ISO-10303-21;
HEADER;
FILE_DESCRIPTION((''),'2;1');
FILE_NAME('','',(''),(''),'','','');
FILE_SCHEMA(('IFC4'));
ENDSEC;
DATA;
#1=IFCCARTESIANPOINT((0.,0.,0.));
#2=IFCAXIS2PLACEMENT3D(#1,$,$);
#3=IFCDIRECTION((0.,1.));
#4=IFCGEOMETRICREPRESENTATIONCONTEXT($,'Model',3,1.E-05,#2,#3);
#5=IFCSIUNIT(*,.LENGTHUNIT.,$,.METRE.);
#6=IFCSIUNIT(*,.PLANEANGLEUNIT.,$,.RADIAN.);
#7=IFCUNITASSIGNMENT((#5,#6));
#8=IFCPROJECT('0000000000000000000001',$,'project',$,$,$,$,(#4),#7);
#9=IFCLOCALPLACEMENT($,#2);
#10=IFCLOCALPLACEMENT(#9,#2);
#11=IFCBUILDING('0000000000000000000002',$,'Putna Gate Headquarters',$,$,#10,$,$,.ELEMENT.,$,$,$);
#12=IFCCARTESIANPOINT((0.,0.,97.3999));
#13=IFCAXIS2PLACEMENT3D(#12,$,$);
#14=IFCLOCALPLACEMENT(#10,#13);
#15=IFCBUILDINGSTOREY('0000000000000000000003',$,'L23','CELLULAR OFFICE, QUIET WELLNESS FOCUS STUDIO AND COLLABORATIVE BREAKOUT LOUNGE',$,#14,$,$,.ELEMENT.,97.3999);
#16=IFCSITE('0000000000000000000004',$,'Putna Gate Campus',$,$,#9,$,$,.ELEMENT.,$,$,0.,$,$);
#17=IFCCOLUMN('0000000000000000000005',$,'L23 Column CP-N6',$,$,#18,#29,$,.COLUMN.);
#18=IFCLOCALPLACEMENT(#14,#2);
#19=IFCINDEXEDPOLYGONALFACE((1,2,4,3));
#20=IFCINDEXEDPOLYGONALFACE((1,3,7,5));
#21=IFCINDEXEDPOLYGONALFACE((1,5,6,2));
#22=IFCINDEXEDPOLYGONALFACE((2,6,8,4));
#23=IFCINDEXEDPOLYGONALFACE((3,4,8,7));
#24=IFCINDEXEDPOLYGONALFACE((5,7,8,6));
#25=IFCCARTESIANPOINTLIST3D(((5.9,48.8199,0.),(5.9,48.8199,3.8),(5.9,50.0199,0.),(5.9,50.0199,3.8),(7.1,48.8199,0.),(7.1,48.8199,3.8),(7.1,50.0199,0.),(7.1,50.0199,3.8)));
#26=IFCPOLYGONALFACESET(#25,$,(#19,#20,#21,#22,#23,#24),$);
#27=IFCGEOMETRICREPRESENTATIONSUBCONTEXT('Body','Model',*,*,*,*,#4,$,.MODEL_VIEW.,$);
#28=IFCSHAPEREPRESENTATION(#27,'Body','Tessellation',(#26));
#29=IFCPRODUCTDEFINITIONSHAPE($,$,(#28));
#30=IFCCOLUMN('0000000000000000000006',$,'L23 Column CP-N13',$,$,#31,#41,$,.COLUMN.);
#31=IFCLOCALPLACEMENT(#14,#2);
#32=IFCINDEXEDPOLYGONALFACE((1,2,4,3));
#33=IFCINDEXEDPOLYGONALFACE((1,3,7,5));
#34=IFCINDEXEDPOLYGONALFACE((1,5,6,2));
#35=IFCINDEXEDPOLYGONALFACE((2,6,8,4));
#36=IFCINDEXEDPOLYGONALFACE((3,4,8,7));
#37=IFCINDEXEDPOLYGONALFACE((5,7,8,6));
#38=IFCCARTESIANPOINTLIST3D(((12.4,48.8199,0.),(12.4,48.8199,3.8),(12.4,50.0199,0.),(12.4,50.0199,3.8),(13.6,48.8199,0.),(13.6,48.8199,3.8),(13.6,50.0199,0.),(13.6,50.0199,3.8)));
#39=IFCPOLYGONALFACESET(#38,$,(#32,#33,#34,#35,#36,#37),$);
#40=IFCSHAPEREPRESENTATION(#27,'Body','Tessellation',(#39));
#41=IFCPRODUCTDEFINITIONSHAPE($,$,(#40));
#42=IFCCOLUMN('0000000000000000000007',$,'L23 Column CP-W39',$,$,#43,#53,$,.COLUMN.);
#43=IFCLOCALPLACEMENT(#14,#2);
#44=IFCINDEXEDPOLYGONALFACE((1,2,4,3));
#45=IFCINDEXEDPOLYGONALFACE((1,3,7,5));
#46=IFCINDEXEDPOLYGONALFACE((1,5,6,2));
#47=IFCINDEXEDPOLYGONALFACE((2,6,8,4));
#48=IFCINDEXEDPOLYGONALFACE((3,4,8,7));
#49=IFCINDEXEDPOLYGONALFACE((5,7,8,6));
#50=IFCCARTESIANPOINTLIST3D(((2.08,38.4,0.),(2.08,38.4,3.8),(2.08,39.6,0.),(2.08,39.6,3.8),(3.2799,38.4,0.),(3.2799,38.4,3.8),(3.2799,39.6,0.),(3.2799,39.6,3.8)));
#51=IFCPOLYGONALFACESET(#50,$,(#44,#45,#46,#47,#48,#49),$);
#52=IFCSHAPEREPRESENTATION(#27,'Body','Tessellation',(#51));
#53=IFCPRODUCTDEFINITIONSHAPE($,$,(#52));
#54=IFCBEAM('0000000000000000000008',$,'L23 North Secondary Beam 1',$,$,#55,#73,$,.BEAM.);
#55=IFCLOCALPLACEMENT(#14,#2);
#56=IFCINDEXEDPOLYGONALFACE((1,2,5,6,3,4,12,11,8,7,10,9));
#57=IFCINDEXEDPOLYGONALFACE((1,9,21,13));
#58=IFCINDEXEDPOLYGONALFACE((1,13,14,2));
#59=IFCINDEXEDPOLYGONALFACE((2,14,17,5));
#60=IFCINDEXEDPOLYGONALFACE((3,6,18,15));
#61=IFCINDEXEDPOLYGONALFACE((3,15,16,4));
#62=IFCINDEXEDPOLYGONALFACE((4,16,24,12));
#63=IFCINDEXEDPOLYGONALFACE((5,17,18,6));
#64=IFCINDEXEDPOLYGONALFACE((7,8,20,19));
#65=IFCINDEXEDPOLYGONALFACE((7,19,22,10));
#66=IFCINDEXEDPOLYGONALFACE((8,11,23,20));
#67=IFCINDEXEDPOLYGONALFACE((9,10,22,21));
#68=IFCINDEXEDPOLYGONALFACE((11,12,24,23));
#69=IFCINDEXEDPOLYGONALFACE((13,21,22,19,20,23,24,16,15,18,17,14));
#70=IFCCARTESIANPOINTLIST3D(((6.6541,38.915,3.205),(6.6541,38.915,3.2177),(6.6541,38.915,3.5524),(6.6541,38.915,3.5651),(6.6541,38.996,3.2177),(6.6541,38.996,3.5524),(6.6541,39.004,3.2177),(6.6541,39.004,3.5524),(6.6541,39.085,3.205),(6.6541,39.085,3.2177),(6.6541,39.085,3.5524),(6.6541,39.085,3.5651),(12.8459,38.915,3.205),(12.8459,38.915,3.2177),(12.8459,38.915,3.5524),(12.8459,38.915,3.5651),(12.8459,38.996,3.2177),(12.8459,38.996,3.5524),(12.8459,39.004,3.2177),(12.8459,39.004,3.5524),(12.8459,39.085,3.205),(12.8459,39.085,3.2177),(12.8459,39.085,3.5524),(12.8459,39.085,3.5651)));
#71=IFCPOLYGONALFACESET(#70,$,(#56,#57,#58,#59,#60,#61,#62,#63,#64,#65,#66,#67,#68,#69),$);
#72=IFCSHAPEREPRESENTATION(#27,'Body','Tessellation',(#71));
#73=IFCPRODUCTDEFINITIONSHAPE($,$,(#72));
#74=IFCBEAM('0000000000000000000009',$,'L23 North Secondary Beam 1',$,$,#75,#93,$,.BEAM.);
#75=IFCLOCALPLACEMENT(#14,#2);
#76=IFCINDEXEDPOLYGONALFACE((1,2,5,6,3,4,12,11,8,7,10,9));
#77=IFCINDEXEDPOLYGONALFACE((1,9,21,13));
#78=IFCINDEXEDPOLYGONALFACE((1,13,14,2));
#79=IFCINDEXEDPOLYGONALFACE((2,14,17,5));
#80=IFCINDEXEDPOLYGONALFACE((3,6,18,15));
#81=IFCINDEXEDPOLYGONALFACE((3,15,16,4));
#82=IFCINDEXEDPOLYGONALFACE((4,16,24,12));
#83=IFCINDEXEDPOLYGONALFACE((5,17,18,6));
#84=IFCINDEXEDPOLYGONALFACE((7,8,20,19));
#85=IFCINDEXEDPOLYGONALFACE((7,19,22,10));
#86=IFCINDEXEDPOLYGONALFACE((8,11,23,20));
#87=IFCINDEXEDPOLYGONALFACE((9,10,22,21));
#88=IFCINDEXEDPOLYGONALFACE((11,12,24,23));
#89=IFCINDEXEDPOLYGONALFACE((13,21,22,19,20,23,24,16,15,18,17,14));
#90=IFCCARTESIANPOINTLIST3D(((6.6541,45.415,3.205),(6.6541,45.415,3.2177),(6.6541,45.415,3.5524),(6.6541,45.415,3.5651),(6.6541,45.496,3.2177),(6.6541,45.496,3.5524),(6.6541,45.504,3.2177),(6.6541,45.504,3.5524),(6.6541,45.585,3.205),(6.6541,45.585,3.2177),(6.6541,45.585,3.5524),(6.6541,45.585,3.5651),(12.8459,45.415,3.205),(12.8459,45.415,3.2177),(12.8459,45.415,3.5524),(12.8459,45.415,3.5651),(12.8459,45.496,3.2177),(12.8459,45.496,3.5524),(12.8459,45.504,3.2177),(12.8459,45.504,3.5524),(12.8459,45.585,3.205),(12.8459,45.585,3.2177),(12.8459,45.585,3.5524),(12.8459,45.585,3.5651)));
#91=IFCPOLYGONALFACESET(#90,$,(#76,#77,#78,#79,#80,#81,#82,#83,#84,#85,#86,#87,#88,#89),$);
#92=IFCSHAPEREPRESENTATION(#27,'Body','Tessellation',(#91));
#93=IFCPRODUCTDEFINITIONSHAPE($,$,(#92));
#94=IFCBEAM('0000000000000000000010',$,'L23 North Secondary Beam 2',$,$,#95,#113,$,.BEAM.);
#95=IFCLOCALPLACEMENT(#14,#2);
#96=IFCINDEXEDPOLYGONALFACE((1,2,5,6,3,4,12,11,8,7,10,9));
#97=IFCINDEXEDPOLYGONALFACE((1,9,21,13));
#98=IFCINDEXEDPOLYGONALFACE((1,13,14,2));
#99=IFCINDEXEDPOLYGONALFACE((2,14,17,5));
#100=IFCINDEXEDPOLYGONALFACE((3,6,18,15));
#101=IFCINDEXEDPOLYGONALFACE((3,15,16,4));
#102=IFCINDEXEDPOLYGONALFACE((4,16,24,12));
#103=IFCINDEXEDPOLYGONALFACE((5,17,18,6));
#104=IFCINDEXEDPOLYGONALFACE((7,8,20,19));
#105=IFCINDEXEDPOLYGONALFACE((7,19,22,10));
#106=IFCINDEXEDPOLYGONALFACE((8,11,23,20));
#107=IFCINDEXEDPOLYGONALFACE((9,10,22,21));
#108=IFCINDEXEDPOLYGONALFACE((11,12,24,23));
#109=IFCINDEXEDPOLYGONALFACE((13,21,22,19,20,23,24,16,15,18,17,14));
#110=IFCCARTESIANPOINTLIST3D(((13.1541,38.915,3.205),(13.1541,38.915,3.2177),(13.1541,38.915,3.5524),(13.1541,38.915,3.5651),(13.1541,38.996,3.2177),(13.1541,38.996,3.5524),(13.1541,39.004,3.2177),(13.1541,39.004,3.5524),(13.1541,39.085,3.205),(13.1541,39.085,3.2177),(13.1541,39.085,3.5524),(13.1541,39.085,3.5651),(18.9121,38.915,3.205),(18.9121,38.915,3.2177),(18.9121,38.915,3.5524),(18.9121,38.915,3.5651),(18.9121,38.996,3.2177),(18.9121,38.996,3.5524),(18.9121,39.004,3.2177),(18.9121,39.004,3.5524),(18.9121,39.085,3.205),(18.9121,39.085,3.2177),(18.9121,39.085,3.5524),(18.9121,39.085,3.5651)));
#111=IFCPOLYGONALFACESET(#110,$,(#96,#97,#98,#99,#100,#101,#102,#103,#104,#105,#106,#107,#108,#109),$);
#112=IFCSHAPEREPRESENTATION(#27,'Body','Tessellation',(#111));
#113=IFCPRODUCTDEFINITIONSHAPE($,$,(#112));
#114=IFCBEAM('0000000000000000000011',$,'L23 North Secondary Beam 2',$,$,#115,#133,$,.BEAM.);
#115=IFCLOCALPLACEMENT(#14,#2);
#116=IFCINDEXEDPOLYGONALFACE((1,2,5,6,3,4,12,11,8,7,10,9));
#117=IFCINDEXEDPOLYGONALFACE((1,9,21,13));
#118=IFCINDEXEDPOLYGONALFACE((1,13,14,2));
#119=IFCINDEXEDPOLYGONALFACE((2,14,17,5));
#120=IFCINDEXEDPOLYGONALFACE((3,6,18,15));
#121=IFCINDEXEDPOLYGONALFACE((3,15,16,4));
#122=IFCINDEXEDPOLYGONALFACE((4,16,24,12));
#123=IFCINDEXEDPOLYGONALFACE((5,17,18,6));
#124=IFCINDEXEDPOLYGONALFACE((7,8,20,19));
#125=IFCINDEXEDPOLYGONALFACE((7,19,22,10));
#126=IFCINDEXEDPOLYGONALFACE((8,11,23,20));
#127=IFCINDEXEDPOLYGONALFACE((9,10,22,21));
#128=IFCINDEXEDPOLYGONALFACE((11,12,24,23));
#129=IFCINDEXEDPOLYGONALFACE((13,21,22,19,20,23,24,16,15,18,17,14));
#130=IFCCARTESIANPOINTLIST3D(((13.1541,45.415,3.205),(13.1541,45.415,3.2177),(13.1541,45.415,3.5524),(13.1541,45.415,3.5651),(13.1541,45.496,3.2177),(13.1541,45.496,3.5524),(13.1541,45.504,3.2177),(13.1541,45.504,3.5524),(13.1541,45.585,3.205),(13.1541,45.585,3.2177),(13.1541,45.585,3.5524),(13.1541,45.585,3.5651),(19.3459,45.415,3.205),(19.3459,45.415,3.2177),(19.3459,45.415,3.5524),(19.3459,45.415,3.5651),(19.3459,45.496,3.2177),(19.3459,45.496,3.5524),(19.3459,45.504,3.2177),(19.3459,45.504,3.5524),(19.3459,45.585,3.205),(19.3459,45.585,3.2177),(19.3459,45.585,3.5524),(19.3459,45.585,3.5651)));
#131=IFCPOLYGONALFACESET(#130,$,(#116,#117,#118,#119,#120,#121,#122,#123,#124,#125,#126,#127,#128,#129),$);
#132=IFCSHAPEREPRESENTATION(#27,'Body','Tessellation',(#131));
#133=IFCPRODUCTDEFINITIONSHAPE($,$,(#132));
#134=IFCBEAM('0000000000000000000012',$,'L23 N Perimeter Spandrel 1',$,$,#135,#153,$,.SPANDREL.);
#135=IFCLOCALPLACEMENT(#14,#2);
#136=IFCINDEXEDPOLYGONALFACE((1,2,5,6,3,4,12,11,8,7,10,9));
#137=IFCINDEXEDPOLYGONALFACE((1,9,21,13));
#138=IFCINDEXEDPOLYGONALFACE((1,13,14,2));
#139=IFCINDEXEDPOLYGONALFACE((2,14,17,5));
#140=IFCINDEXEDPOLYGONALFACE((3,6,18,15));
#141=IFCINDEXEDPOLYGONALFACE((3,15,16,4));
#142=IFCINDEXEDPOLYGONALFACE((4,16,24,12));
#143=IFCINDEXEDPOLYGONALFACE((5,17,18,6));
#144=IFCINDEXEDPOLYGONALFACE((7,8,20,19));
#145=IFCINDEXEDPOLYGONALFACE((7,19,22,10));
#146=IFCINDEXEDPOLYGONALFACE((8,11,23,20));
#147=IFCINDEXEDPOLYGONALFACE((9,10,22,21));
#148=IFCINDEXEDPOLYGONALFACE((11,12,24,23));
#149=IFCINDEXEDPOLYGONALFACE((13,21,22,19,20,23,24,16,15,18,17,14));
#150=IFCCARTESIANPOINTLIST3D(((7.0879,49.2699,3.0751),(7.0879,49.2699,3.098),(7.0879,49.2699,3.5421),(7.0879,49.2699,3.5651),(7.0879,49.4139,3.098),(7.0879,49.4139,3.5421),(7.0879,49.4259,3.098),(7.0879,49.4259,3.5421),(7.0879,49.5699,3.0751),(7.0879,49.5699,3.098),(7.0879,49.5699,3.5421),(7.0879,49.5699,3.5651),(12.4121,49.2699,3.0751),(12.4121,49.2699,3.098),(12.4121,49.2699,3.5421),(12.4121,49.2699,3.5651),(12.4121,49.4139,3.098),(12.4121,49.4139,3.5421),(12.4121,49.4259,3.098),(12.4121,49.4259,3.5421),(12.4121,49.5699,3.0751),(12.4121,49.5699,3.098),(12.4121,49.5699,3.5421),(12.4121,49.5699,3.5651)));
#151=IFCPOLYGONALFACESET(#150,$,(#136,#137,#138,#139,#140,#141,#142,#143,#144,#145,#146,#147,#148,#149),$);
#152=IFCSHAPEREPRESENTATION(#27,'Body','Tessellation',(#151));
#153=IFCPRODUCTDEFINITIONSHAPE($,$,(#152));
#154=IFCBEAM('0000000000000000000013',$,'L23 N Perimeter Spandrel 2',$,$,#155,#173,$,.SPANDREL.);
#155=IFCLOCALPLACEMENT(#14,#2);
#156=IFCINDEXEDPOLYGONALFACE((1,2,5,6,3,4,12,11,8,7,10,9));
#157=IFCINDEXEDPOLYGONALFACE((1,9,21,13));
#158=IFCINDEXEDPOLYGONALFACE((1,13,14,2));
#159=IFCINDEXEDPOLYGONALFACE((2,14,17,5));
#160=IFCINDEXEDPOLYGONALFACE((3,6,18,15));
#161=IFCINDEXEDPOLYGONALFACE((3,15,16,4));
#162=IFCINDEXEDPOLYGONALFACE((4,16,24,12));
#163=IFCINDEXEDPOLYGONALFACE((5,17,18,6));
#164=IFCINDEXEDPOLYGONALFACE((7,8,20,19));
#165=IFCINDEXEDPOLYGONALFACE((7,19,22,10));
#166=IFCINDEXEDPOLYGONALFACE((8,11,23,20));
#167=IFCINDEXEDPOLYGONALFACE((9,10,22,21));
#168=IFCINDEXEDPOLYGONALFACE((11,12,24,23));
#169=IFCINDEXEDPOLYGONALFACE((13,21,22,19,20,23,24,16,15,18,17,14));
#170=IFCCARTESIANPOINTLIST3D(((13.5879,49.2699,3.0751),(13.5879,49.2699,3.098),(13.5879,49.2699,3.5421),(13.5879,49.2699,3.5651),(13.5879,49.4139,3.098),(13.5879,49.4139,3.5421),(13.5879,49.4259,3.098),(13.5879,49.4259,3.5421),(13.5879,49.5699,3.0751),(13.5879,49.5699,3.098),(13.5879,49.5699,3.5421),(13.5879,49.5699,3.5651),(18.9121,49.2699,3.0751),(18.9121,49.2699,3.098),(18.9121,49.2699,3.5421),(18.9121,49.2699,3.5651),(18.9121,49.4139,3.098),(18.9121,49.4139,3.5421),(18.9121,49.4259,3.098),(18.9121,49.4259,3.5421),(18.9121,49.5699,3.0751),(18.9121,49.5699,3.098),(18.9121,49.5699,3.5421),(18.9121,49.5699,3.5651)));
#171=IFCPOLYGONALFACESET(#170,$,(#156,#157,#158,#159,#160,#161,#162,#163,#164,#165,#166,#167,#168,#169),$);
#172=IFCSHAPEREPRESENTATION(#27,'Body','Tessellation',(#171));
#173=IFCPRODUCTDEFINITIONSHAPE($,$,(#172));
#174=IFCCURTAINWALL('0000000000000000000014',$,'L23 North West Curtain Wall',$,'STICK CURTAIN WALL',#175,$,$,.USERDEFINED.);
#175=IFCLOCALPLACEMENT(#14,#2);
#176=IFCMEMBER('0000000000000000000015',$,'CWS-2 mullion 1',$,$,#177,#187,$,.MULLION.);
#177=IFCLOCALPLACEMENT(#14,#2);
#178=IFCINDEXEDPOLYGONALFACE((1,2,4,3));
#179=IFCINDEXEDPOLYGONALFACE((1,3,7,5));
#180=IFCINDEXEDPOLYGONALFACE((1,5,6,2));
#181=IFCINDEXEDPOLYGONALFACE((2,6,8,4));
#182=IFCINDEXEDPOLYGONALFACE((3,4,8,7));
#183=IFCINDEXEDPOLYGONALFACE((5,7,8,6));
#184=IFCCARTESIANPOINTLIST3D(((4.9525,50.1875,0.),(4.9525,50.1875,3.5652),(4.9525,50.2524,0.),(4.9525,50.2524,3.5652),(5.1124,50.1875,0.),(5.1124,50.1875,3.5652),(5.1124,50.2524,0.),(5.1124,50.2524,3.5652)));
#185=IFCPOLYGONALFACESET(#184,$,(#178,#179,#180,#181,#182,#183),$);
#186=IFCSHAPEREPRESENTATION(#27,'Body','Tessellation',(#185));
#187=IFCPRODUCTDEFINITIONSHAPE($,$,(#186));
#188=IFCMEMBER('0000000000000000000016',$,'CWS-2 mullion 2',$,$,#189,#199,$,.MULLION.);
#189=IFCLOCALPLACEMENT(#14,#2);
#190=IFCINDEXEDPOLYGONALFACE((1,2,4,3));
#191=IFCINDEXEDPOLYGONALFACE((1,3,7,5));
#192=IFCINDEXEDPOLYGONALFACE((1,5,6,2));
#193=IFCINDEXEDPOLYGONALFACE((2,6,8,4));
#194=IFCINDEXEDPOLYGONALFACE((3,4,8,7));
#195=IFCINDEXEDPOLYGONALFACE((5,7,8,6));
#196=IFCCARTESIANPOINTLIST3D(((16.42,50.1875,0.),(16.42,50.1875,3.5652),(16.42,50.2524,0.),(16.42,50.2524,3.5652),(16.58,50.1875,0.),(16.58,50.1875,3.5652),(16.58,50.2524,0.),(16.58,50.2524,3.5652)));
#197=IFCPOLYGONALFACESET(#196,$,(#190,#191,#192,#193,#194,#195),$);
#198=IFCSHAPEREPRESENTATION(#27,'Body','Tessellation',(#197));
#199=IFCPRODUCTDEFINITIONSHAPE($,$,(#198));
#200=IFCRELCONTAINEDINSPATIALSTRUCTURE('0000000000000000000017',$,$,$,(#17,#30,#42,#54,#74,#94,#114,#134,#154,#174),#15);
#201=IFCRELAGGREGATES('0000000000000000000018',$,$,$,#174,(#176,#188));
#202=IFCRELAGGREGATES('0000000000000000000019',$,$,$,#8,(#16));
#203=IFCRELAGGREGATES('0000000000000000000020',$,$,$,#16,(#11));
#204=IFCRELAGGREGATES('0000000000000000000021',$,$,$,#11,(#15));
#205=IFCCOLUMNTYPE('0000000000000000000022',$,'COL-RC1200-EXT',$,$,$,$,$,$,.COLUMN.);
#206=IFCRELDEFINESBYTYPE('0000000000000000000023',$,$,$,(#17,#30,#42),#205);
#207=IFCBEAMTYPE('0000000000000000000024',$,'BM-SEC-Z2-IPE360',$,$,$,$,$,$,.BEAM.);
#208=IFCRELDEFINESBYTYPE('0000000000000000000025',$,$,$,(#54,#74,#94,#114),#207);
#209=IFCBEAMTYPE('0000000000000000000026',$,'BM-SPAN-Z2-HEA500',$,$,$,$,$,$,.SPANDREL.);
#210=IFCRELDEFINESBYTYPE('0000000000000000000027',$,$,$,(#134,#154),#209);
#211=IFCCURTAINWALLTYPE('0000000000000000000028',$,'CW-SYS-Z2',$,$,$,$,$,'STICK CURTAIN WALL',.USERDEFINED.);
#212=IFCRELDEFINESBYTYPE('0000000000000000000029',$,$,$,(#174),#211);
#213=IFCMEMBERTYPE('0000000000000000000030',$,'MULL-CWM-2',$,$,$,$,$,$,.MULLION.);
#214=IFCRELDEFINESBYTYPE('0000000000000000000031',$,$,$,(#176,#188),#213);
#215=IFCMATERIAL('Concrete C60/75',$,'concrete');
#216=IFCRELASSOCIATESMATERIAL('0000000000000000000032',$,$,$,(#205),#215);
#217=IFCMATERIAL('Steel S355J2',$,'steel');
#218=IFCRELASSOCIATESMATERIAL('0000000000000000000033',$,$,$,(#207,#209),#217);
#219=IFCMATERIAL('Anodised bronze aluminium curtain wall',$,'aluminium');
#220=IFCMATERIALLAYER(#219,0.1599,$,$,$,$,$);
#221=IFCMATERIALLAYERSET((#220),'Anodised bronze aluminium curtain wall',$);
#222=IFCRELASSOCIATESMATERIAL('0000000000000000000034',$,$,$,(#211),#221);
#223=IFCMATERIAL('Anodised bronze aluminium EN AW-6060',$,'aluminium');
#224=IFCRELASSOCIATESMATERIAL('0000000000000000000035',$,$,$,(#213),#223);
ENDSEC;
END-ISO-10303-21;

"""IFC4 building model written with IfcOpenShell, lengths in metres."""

from ifc_helpers import new_model, si_unit, direction, frame, origin, origin_2d, place, context, subcontext, project, spatial, rectangle, i_section, extrude, material, layer, layer_set, material_profile, profile_set, type_object, element, aggregate, save


model = new_model("IFC4")

# Units and contexts
model_context = context("Model", 3, precision=1e-05, world=origin(), true_north=direction((0.0, 1.0)))
body_context = subcontext(model_context, "Body", "Model", "MODEL_VIEW")
ifc_project = project(units=[si_unit("LENGTHUNIT", "METRE"), si_unit("PLANEANGLEUNIT", "RADIAN")], contexts=[model_context])

# Site, building, storey
site_placement = place(None, origin())
site = spatial("IfcSite", under=ifc_project, at=site_placement, Name="Putna Gate Campus", CompositionType="ELEMENT", RefElevation=0.0)
building_placement = place(site_placement, origin())
building = spatial("IfcBuilding", under=site, at=building_placement, Name="Putna Gate Headquarters", CompositionType="ELEMENT")
storey_placement = place(building_placement, frame((0.0, 0.0, 97.3999)))
storey = spatial("IfcBuildingStorey", under=building, at=storey_placement, Name="L23", Description="CELLULAR OFFICE, QUIET WELLNESS FOCUS STUDIO AND COLLABORATIVE BREAKOUT LOUNGE", CompositionType="ELEMENT", Elevation=97.3999)

# Columns
ifc_material_1 = material(Name="Concrete C60/75", Category="concrete")
ifc_material_profile_1 = material_profile(ifc_material_1, rectangle(XDim=1.2, YDim=1.2, at=origin_2d()), Name="Concrete C60/75")
ifc_profile_set_1 = profile_set([ifc_material_profile_1], Name="Concrete C60/75")
column_type = type_object("IfcColumnType", Name="COL-RC1200-EXT", PredefinedType="COLUMN", material=ifc_profile_set_1)
for number, where, z_axis, x_axis, name in (
    (1, (6.5, 49.4199, 0.0), (0.0, 0.0, 1.0), (1.0, 0.0, 0.0), "L23 Column CP-N6"),
    (2, (13.0, 49.4199, 0.0), (0.0, 0.0, 1.0), (1.0, 0.0, 0.0), "L23 Column CP-N13"),
    (3, (2.6799, 39.0, 0.0), (0.0, 0.0, 1.0), (1.0, 0.0, 0.0), "L23 Column CP-W39"),
):
    element("IfcColumn", number, at=place(storey_placement, frame(where, z_axis=z_axis, x_axis=x_axis)), inside=storey, type_object=column_type, Name=name, PredefinedType="COLUMN", context=body_context, shape_type="SweptSolid", body=[
        extrude(rectangle(XDim=1.2, YDim=1.2, at=origin_2d()), origin(), (0.0, 0.0, 1.0), 3.8),
    ])

# Beams
ifc_material_2 = material(Name="Steel S355J2", Category="steel")
ifc_material_profile_2 = material_profile(ifc_material_2, i_section(OverallWidth=0.1699, OverallDepth=0.3601, WebThickness=0.0081, FlangeThickness=0.0127, at=origin_2d()), Name="Steel S355J2")
ifc_profile_set_2 = profile_set([ifc_material_profile_2], Name="Steel S355J2")
beam_type_1 = type_object("IfcBeamType", Name="BM-SEC-Z2-IPE360", PredefinedType="BEAM", material=ifc_profile_set_2)
for number, where, z_axis, x_axis, name in (
    (4, (6.6541, 39.0, 3.385), (1.0, 0.0, 0.0), (0.0, 1.0, 0.0), "L23 North Secondary Beam 1"),
    (5, (6.6541, 45.5, 3.385), (1.0, 0.0, 0.0), (0.0, 1.0, 0.0), "L23 North Secondary Beam 1"),
):
    element("IfcBeam", number, at=place(storey_placement, frame(where, z_axis=z_axis, x_axis=x_axis)), inside=storey, type_object=beam_type_1, Name=name, PredefinedType="BEAM", context=body_context, shape_type="SweptSolid", body=[
        extrude(i_section(OverallWidth=0.1699, OverallDepth=0.3601, WebThickness=0.0081, FlangeThickness=0.0127, at=origin_2d()), origin(), (0.0, 0.0, 1.0), 6.1919),
    ])
beam_1_placement = place(storey_placement, frame((13.1541, 39.0, 3.385), z_axis=(1.0, 0.0, 0.0), x_axis=(0.0, 1.0, 0.0)))
element("IfcBeam", 6, at=beam_1_placement, inside=storey, type_object=beam_type_1, Name="L23 North Secondary Beam 2", PredefinedType="BEAM", context=body_context, shape_type="SweptSolid", body=[
    extrude(i_section(OverallWidth=0.1699, OverallDepth=0.3601, WebThickness=0.0081, FlangeThickness=0.0127, at=origin_2d()), origin(), (0.0, 0.0, 1.0), 5.7581),
])
beam_2_placement = place(storey_placement, frame((13.1541, 45.5, 3.385), z_axis=(1.0, 0.0, 0.0), x_axis=(0.0, 1.0, 0.0)))
element("IfcBeam", 7, at=beam_2_placement, inside=storey, type_object=beam_type_1, Name="L23 North Secondary Beam 2", PredefinedType="BEAM", context=body_context, shape_type="SweptSolid", body=[
    extrude(i_section(OverallWidth=0.1699, OverallDepth=0.3601, WebThickness=0.0081, FlangeThickness=0.0127, at=origin_2d()), origin(), (0.0, 0.0, 1.0), 6.1919),
])
ifc_material_profile_3 = material_profile(ifc_material_2, i_section(OverallWidth=0.3, OverallDepth=0.49, WebThickness=0.012, FlangeThickness=0.0229, at=origin_2d()), Name="Steel S355J2")
ifc_profile_set_3 = profile_set([ifc_material_profile_3], Name="Steel S355J2")
beam_type_2 = type_object("IfcBeamType", Name="BM-SPAN-Z2-HEA500", PredefinedType="SPANDREL", material=ifc_profile_set_3)
for number, where, z_axis, x_axis, name in (
    (8, (7.0879, 49.4199, 3.3201), (1.0, 0.0, 0.0), (0.0, 1.0, 0.0), "L23 N Perimeter Spandrel 1"),
    (9, (13.5879, 49.4199, 3.3201), (1.0, 0.0, 0.0), (0.0, 1.0, 0.0), "L23 N Perimeter Spandrel 2"),
):
    element("IfcBeam", number, at=place(storey_placement, frame(where, z_axis=z_axis, x_axis=x_axis)), inside=storey, type_object=beam_type_2, Name=name, PredefinedType="SPANDREL", context=body_context, shape_type="SweptSolid", body=[
        extrude(i_section(OverallWidth=0.3, OverallDepth=0.49, WebThickness=0.012, FlangeThickness=0.0229, at=origin_2d()), origin(), (0.0, 0.0, 1.0), 5.3242),
    ])

# Curtain wall, members
ifc_material_3 = material(Name="Anodised bronze aluminium curtain wall", Category="aluminium")
ifc_layer_1 = layer(ifc_material_3, 0.1599)
ifc_layer_set_1 = layer_set([ifc_layer_1], Name="Anodised bronze aluminium curtain wall")
curtain_wall_type = type_object("IfcCurtainWallType", Name="CW-SYS-Z2", ElementType="STICK CURTAIN WALL", PredefinedType="USERDEFINED", material=ifc_layer_set_1)
curtain_wall_1_placement = place(storey_placement, origin())
curtain_wall_1 = element("IfcCurtainWall", 10, at=curtain_wall_1_placement, inside=storey, type_object=curtain_wall_type, Name="L23 North West Curtain Wall", ObjectType="STICK CURTAIN WALL", PredefinedType="USERDEFINED")
ifc_material_4 = material(Name="Anodised bronze aluminium EN AW-6060", Category="aluminium")
ifc_material_profile_4 = material_profile(ifc_material_4, rectangle(XDim=0.0649, YDim=0.1599, at=origin_2d()), Name="Anodised bronze aluminium EN AW-6060")
ifc_profile_set_4 = profile_set([ifc_material_profile_4], Name="Anodised bronze aluminium EN AW-6060")
member_type_1 = type_object("IfcMemberType", Name="MULL-CWM-2", PredefinedType="MULLION", material=ifc_profile_set_4)
member_1_placement = place(storey_placement, frame((5.0325, 50.22, 0.0), z_axis=(0.0, 0.0, 1.0), x_axis=(0.0, 1.0, 0.0)))
member_1 = element("IfcMember", 11, at=member_1_placement, type_object=member_type_1, Name="CWS-2 mullion 1", PredefinedType="MULLION", context=body_context, shape_type="SweptSolid", body=[
    extrude(rectangle(XDim=0.0649, YDim=0.1599, at=origin_2d()), origin(), (0.0, 0.0, 1.0), 3.5652),
])
member_2_placement = place(storey_placement, frame((16.5, 50.22, 0.0), z_axis=(0.0, 0.0, 1.0), x_axis=(0.0, 1.0, 0.0)))
member_2 = element("IfcMember", 12, at=member_2_placement, type_object=member_type_1, Name="CWS-2 mullion 2", PredefinedType="MULLION", context=body_context, shape_type="SweptSolid", body=[
    extrude(rectangle(XDim=0.0649, YDim=0.1599, at=origin_2d()), origin(), (0.0, 0.0, 1.0), 3.5652),
])

aggregate(curtain_wall_1, [member_1, member_2])

save(model, "model.ifc")
